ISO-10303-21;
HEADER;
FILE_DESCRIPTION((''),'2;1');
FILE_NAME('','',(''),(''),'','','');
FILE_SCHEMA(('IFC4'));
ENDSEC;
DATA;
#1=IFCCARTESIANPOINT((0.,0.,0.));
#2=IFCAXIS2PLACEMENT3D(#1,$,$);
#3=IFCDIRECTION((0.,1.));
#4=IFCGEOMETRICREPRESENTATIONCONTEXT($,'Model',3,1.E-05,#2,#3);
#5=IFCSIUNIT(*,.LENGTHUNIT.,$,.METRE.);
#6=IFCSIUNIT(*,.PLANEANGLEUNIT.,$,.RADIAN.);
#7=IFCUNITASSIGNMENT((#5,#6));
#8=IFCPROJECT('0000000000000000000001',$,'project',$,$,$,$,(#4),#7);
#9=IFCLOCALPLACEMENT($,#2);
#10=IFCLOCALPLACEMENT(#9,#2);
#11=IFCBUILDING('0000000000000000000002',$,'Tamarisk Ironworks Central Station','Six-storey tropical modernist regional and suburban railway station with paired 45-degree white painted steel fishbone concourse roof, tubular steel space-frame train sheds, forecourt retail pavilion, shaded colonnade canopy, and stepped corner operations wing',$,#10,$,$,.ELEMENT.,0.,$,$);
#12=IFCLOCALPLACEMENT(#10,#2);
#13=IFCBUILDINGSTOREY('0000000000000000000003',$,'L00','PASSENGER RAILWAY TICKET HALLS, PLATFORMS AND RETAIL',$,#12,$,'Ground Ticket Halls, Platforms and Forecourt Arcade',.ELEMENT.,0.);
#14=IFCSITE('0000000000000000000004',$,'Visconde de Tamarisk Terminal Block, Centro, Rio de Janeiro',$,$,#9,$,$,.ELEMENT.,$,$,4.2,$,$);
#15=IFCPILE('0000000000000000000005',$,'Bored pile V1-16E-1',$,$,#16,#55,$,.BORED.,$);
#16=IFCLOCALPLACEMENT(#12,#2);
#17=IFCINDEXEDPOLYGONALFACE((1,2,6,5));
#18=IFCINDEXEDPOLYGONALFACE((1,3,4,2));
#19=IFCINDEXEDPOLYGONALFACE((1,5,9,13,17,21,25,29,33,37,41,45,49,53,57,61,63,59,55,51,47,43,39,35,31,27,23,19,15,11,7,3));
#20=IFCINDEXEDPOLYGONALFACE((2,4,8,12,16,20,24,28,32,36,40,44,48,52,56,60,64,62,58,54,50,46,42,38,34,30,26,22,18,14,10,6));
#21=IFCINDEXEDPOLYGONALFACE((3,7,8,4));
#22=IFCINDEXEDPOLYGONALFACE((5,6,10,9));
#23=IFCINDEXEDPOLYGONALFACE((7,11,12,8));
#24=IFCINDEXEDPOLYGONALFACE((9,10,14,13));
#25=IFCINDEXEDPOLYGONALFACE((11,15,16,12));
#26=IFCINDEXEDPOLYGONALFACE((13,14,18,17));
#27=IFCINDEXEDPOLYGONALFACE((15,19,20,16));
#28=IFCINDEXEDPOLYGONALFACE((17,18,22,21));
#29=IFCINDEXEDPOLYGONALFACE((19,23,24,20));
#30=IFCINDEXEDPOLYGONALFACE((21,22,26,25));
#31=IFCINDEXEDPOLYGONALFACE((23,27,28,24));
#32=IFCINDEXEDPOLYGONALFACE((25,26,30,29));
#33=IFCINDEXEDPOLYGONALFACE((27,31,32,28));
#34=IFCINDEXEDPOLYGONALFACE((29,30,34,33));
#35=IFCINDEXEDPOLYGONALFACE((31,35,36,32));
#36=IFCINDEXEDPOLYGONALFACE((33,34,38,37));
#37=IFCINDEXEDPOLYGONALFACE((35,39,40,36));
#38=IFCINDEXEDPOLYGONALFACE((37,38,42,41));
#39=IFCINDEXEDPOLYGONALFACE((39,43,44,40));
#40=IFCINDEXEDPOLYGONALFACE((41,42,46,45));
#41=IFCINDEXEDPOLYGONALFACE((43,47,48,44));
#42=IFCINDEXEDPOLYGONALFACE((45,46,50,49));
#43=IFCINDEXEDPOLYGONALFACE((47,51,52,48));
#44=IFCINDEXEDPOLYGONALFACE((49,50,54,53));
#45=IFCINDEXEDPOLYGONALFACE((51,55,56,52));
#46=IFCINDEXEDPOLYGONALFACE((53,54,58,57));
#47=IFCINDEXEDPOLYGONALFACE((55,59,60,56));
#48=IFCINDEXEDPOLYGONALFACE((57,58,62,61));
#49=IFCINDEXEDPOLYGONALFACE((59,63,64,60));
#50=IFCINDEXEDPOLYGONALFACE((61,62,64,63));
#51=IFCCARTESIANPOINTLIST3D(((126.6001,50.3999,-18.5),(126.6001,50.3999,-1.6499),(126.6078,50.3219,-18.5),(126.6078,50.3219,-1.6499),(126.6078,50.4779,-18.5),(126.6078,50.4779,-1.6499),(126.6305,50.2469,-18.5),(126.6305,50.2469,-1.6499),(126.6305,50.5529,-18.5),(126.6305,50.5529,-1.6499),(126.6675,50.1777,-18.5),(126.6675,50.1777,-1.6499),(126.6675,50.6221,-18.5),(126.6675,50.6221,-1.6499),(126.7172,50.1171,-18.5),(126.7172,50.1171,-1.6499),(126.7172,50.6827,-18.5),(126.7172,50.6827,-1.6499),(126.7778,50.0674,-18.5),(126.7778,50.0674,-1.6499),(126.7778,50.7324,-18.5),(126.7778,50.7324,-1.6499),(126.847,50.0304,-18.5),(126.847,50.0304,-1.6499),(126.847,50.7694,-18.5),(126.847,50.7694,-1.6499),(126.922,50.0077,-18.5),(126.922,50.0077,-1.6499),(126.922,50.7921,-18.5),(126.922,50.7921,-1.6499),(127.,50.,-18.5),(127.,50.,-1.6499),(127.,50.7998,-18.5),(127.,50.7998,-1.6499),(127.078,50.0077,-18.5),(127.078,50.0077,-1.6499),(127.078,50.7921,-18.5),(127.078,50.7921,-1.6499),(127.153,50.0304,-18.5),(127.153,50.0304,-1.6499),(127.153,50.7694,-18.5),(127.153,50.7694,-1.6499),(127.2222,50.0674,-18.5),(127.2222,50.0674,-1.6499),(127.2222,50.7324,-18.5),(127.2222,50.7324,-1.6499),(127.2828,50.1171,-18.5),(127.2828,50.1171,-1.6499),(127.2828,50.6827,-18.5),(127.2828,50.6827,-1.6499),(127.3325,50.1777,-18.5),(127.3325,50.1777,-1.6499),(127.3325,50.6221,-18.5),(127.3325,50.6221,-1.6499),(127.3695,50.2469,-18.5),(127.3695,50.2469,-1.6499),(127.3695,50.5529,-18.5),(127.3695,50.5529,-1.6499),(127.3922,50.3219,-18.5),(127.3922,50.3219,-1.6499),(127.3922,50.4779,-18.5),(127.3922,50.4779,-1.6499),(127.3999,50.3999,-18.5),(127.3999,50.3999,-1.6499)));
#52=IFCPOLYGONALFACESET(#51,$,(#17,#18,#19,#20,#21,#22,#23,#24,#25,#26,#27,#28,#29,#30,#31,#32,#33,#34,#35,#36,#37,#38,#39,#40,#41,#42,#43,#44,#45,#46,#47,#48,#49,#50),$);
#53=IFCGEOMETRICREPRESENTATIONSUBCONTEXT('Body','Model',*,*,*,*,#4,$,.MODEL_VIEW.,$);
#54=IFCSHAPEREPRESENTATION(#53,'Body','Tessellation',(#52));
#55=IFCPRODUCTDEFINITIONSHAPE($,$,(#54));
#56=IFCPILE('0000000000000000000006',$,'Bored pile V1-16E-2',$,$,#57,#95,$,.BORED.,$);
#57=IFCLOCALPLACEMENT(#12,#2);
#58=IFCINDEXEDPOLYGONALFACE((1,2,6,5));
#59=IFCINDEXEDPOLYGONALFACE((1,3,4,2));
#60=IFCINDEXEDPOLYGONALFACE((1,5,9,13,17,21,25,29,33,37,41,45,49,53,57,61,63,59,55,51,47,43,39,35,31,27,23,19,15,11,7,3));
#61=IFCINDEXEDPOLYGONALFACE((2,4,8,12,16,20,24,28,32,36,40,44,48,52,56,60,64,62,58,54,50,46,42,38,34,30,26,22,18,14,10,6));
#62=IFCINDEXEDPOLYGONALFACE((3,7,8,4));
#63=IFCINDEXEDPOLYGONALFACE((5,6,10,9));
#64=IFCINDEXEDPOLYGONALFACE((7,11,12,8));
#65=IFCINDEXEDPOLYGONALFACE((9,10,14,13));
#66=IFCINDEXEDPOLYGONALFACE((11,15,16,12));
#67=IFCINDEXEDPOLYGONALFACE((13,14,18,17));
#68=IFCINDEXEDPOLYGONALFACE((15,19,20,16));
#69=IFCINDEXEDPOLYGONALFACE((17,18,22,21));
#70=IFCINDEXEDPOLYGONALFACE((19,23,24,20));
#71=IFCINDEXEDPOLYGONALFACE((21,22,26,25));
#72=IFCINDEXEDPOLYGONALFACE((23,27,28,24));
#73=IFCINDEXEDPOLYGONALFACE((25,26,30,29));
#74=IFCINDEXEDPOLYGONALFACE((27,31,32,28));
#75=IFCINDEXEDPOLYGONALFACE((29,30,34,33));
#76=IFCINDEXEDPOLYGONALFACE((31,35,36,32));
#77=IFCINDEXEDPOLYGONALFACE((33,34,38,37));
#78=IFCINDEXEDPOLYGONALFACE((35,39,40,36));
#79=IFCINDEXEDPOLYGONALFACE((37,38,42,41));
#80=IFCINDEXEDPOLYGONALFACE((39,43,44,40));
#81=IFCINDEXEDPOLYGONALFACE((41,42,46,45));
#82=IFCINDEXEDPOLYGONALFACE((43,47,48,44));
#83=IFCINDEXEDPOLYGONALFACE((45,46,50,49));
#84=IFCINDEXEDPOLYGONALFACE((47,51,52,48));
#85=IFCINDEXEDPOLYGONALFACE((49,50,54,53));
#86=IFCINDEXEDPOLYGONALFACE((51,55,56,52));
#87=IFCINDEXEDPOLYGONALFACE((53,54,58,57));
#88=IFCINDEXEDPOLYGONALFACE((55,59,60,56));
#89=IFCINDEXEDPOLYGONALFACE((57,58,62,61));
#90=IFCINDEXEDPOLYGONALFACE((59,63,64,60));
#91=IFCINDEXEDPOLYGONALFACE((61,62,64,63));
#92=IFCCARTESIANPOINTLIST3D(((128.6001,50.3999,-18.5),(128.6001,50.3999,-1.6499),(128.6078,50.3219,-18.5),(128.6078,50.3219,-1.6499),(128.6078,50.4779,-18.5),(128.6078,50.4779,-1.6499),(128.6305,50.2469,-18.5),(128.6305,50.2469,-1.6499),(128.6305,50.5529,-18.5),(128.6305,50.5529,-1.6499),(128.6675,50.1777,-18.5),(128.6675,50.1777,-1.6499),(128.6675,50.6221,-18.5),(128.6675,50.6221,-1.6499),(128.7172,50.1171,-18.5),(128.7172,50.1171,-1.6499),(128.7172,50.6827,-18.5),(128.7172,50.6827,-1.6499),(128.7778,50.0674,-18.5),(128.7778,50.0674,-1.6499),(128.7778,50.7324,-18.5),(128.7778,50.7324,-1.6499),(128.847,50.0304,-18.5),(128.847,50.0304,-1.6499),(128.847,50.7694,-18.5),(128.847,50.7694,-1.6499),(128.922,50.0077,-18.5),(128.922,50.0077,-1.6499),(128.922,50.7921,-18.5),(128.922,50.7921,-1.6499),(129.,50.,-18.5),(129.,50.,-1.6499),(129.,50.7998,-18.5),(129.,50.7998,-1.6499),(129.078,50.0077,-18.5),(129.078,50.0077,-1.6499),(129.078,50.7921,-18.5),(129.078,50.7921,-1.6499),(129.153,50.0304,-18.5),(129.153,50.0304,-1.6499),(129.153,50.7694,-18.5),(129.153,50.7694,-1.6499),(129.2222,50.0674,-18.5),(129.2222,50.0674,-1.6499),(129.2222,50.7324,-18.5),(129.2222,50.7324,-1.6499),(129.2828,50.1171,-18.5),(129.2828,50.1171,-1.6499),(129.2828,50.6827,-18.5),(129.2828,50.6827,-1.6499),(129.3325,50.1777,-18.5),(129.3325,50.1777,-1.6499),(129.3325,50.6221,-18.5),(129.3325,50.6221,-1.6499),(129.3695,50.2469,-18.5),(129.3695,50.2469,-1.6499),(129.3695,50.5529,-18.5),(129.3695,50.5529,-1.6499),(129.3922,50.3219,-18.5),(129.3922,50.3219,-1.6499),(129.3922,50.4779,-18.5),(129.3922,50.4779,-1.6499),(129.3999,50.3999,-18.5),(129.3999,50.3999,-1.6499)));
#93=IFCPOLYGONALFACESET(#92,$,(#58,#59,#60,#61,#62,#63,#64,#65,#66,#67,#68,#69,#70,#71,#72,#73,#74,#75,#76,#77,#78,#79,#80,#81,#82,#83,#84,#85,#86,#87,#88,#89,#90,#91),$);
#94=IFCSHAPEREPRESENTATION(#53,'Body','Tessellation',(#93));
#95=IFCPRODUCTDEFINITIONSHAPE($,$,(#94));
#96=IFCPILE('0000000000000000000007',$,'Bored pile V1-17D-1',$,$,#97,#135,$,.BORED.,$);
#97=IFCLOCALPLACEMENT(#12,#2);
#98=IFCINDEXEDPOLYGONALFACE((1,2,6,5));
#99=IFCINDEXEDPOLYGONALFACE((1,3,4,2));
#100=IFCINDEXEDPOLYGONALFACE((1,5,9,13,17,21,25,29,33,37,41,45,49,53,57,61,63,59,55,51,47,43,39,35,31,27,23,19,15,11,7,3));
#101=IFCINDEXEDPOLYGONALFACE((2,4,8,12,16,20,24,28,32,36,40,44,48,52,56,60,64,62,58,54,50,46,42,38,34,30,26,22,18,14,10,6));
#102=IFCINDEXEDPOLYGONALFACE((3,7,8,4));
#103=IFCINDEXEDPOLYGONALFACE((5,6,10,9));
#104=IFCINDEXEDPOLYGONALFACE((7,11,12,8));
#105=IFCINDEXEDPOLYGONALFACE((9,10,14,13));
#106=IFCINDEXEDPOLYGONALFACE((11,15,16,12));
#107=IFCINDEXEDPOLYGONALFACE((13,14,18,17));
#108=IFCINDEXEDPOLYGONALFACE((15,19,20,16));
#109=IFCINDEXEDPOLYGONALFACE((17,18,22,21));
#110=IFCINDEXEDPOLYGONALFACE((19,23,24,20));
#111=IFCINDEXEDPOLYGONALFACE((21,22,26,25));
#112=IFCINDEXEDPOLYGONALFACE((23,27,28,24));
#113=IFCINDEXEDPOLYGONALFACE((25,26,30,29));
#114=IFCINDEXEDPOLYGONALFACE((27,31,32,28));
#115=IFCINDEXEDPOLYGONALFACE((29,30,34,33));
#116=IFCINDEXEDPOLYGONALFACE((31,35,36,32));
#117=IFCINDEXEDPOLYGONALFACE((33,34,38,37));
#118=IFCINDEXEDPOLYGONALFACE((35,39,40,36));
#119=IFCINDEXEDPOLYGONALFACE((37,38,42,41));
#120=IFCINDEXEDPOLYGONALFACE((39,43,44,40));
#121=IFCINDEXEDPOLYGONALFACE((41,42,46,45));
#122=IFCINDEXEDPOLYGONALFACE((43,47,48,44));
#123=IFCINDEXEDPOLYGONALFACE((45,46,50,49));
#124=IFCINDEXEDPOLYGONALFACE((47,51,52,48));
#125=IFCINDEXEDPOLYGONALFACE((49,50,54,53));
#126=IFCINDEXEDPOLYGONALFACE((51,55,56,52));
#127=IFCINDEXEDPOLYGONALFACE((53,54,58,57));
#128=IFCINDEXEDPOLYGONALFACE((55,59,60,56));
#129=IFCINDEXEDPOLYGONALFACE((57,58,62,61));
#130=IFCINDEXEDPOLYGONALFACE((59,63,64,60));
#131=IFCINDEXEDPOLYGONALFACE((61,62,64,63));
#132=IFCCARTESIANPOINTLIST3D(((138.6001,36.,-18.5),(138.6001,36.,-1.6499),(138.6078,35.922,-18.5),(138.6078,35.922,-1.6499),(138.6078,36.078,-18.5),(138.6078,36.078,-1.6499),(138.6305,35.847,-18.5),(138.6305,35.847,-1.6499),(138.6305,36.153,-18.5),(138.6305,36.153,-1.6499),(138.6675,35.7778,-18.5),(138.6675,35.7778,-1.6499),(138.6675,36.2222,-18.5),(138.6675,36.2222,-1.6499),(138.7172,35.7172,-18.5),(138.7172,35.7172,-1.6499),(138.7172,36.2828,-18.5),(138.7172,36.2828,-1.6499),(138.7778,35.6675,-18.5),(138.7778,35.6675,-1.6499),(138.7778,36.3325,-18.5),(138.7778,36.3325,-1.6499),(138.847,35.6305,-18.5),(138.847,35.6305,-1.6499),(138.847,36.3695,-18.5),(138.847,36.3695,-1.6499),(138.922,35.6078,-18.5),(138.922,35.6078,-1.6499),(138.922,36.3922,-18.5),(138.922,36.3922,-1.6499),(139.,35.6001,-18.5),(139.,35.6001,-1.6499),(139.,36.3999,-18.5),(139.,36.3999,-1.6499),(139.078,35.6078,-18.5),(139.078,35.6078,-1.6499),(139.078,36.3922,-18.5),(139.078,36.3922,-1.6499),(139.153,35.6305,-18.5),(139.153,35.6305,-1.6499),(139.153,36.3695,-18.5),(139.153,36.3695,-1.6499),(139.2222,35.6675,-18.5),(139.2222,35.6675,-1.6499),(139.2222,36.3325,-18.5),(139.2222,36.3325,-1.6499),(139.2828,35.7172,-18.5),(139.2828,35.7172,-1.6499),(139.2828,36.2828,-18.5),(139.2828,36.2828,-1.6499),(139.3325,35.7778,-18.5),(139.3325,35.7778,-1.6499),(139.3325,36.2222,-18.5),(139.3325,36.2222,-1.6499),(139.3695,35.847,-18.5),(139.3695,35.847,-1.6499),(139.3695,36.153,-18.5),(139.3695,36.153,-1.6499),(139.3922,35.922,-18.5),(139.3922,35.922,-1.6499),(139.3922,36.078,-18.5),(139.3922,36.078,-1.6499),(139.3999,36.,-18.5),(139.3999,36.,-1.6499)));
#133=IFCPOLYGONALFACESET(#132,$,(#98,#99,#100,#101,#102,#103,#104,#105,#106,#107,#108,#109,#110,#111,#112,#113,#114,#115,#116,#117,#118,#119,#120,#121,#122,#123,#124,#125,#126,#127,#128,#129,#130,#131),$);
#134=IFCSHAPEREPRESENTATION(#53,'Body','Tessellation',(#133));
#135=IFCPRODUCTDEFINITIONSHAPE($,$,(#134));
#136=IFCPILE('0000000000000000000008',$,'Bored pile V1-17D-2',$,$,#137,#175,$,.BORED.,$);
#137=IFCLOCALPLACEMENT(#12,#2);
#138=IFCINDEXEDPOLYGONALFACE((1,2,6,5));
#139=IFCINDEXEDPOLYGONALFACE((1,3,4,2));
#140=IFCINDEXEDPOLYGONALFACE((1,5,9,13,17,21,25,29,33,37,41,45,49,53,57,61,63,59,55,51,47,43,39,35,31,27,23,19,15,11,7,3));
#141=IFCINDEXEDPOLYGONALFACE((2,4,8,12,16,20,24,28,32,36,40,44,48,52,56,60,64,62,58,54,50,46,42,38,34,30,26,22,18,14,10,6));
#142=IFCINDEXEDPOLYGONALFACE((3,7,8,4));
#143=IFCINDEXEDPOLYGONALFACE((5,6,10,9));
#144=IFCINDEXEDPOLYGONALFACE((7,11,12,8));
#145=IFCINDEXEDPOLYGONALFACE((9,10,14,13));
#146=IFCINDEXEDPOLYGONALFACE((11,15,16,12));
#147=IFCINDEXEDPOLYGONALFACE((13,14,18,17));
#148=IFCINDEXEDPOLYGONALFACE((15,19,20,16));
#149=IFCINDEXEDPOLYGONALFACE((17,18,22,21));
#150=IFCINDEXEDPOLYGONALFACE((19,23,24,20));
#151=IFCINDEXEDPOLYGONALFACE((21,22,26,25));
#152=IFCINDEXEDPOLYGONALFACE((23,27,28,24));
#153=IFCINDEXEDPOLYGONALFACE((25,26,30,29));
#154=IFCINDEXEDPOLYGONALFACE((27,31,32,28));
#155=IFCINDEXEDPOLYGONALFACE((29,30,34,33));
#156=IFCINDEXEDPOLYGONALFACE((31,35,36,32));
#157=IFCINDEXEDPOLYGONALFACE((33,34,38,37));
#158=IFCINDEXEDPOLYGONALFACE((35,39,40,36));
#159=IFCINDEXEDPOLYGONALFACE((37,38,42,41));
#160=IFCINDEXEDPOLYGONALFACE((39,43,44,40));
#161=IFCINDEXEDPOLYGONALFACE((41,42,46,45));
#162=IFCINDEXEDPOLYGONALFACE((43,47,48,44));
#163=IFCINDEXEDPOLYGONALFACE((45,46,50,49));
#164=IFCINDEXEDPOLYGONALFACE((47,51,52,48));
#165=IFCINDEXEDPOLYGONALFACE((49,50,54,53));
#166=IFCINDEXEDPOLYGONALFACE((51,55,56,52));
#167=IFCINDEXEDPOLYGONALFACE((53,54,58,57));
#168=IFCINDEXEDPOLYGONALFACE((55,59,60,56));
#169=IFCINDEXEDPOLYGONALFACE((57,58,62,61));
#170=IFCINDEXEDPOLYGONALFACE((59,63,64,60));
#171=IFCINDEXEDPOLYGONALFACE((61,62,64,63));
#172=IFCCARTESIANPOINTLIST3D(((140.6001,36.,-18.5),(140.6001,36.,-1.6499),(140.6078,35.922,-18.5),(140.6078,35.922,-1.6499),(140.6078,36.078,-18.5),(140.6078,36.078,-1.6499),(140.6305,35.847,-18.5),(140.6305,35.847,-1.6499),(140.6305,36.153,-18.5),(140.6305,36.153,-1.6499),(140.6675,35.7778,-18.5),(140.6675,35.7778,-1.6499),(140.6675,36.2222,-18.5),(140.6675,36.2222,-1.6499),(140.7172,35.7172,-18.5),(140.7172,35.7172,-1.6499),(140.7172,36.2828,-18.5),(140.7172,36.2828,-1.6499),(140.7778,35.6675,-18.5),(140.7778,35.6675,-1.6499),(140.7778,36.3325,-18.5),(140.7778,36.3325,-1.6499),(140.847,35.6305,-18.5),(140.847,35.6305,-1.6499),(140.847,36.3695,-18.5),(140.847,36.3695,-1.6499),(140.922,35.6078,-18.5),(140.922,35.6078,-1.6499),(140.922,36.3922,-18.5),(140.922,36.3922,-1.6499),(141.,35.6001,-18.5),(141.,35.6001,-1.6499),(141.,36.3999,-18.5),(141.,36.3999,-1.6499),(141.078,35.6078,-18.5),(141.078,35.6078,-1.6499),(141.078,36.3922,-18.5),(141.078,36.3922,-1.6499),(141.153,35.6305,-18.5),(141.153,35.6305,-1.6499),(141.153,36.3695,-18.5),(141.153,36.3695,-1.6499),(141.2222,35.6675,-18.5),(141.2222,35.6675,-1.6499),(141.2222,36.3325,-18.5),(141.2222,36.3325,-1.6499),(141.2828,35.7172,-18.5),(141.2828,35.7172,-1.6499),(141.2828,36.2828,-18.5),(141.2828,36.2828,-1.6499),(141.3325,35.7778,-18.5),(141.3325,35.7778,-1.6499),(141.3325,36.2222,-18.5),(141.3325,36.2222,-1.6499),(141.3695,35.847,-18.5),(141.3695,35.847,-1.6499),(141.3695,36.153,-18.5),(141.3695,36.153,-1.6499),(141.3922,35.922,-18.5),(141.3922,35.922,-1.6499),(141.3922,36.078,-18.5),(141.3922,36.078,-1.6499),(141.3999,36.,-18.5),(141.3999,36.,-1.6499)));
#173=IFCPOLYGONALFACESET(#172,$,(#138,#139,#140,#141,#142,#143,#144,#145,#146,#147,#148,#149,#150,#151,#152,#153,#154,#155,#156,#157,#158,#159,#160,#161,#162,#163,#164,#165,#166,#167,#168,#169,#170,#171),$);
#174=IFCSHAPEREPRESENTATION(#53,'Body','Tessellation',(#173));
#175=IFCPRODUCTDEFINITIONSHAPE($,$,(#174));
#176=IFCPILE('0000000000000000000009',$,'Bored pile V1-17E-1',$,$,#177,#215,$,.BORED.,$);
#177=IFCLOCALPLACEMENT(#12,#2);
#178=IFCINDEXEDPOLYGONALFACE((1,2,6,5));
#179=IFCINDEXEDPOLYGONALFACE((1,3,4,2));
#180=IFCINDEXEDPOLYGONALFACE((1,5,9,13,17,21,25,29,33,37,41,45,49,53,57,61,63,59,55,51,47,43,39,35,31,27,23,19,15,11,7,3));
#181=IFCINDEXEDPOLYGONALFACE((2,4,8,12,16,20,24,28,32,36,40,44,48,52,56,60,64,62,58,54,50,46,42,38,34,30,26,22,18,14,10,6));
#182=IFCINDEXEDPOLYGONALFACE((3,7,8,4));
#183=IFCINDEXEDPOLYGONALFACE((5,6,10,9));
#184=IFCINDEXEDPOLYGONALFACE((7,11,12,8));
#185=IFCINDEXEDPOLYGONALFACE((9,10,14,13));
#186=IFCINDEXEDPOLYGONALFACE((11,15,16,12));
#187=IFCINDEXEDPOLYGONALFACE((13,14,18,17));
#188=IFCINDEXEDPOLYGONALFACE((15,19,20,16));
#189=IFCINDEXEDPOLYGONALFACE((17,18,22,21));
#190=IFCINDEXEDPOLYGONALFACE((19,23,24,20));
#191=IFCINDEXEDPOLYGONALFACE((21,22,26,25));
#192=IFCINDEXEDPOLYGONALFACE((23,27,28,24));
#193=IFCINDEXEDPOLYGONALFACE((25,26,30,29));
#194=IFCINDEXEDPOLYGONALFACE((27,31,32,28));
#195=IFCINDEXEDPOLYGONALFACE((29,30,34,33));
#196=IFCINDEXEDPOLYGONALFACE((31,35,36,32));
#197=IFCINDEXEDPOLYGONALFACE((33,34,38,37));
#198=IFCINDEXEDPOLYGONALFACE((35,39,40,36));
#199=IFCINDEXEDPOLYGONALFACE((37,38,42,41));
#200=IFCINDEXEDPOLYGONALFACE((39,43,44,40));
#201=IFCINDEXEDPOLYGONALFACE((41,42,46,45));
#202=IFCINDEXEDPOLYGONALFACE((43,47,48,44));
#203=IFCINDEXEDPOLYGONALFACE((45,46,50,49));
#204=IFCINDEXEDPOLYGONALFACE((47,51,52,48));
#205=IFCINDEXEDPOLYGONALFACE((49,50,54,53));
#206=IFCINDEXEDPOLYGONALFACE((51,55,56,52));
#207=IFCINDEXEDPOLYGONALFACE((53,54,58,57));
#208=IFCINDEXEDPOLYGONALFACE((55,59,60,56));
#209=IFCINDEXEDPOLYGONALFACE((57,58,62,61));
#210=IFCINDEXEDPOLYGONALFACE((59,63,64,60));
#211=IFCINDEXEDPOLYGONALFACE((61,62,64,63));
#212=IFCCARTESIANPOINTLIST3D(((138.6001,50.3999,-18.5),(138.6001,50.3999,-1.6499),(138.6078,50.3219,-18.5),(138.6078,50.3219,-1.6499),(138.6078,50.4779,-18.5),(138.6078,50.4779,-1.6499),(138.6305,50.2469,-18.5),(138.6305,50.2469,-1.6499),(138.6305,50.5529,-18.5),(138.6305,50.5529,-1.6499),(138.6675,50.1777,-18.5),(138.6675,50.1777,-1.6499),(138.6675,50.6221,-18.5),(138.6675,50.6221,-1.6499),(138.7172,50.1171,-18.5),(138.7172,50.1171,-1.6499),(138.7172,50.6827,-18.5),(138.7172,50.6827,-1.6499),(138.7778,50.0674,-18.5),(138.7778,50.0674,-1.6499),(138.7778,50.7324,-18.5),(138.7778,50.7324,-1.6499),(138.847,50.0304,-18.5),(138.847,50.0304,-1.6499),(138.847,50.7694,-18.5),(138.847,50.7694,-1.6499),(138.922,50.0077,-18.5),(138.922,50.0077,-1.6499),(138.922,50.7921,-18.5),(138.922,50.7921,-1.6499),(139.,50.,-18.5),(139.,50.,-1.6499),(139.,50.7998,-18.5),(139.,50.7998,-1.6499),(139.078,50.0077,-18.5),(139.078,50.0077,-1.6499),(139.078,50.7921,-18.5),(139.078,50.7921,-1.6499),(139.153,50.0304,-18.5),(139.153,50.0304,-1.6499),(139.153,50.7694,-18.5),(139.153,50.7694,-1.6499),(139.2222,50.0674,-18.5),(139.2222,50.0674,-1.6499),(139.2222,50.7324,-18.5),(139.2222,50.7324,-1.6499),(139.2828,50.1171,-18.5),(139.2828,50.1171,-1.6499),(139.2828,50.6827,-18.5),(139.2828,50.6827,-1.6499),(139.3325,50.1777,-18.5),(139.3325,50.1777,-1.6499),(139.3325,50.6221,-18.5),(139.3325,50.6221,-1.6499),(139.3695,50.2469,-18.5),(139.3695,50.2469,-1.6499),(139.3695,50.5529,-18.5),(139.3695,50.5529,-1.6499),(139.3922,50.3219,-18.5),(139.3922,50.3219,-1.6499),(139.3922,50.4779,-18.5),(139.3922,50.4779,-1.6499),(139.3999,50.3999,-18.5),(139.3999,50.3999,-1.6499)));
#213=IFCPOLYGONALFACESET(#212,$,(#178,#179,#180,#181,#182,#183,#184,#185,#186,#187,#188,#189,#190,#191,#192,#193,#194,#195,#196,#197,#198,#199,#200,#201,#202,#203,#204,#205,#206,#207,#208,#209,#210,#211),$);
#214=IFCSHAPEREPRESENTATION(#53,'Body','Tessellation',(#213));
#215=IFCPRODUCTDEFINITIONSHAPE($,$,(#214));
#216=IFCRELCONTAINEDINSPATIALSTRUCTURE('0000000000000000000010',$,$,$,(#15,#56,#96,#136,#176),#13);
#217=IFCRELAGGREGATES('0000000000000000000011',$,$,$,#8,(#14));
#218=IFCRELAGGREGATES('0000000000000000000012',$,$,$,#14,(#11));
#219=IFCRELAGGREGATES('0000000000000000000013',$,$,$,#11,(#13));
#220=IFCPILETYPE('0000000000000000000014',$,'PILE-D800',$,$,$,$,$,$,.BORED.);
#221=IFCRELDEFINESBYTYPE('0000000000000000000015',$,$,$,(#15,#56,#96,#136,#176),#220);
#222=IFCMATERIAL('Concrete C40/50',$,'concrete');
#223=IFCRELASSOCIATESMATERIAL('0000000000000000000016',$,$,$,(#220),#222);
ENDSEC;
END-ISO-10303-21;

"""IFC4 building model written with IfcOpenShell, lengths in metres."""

from ifc_helpers import new_model, si_unit, direction, frame, origin, origin_2d, place, context, subcontext, project, spatial, circle, extrude, material, material_profile, profile_set, type_object, element, save


model = new_model("IFC4")

# Units and contexts
model_context = context("Model", 3, precision=1e-05, world=origin(), true_north=direction((0.0, 1.0)))
body_context = subcontext(model_context, "Body", "Model", "MODEL_VIEW")
ifc_project = project(units=[si_unit("LENGTHUNIT", "METRE"), si_unit("PLANEANGLEUNIT", "RADIAN")], contexts=[model_context])

# Site, building, storey
site_placement = place(None, origin())
site = spatial("IfcSite", under=ifc_project, at=site_placement, Name="Visconde de Tamarisk Terminal Block, Centro, Rio de Janeiro", CompositionType="ELEMENT", RefElevation=4.2)
building_placement = place(site_placement, origin())
building = spatial("IfcBuilding", under=site, at=building_placement, Name="Tamarisk Ironworks Central Station", Description="Six-storey tropical modernist regional and suburban railway station with paired 45-degree white painted steel fishbone concourse roof, tubular steel space-frame train sheds, forecourt retail pavilion, shaded colonnade canopy, and stepped corner operations wing", CompositionType="ELEMENT", ElevationOfRefHeight=0.0)
storey_placement = place(building_placement, origin())
storey = spatial("IfcBuildingStorey", under=building, at=storey_placement, Name="L00", Description="PASSENGER RAILWAY TICKET HALLS, PLATFORMS AND RETAIL", LongName="Ground Ticket Halls, Platforms and Forecourt Arcade", CompositionType="ELEMENT", Elevation=0.0)

# Shared definitions
ifc_material_1 = material(Name="Concrete C40/50", Category="concrete")

# Piles
ifc_material_profile_1 = material_profile(ifc_material_1, circle(Radius=0.3999, at=origin_2d()), Name="BORED PILE D800")
ifc_profile_set_1 = profile_set([ifc_material_profile_1], Name="Concrete C40/50")
pile_type = type_object("IfcPileType", Name="PILE-D800", PredefinedType="BORED", material=ifc_profile_set_1)
for number, where, z_axis, x_axis, name in (
    (1, (127.0, 50.3999, -1.6499), (0.0, 0.0, -1.0), (1.0, 0.0, 0.0), "Bored pile V1-16E-1"),
    (2, (129.0, 50.3999, -1.6499), (0.0, 0.0, -1.0), (1.0, 0.0, 0.0), "Bored pile V1-16E-2"),
    (3, (139.0, 36.0, -1.6499), (0.0, 0.0, -1.0), (1.0, 0.0, 0.0), "Bored pile V1-17D-1"),
    (4, (141.0, 36.0, -1.6499), (0.0, 0.0, -1.0), (1.0, 0.0, 0.0), "Bored pile V1-17D-2"),
    (5, (139.0, 50.3999, -1.6499), (0.0, 0.0, -1.0), (1.0, 0.0, 0.0), "Bored pile V1-17E-1"),
):
    element("IfcPile", number, at=place(storey_placement, frame(where, z_axis=z_axis, x_axis=x_axis)), inside=storey, type_object=pile_type, Name=name, PredefinedType="BORED", context=body_context, shape_type="SweptSolid", body=[
        extrude(circle(Radius=0.3999, at=origin_2d()), origin(), (0.0, 0.0, 1.0), 16.8501),
    ])

save(model, "model.ifc")
